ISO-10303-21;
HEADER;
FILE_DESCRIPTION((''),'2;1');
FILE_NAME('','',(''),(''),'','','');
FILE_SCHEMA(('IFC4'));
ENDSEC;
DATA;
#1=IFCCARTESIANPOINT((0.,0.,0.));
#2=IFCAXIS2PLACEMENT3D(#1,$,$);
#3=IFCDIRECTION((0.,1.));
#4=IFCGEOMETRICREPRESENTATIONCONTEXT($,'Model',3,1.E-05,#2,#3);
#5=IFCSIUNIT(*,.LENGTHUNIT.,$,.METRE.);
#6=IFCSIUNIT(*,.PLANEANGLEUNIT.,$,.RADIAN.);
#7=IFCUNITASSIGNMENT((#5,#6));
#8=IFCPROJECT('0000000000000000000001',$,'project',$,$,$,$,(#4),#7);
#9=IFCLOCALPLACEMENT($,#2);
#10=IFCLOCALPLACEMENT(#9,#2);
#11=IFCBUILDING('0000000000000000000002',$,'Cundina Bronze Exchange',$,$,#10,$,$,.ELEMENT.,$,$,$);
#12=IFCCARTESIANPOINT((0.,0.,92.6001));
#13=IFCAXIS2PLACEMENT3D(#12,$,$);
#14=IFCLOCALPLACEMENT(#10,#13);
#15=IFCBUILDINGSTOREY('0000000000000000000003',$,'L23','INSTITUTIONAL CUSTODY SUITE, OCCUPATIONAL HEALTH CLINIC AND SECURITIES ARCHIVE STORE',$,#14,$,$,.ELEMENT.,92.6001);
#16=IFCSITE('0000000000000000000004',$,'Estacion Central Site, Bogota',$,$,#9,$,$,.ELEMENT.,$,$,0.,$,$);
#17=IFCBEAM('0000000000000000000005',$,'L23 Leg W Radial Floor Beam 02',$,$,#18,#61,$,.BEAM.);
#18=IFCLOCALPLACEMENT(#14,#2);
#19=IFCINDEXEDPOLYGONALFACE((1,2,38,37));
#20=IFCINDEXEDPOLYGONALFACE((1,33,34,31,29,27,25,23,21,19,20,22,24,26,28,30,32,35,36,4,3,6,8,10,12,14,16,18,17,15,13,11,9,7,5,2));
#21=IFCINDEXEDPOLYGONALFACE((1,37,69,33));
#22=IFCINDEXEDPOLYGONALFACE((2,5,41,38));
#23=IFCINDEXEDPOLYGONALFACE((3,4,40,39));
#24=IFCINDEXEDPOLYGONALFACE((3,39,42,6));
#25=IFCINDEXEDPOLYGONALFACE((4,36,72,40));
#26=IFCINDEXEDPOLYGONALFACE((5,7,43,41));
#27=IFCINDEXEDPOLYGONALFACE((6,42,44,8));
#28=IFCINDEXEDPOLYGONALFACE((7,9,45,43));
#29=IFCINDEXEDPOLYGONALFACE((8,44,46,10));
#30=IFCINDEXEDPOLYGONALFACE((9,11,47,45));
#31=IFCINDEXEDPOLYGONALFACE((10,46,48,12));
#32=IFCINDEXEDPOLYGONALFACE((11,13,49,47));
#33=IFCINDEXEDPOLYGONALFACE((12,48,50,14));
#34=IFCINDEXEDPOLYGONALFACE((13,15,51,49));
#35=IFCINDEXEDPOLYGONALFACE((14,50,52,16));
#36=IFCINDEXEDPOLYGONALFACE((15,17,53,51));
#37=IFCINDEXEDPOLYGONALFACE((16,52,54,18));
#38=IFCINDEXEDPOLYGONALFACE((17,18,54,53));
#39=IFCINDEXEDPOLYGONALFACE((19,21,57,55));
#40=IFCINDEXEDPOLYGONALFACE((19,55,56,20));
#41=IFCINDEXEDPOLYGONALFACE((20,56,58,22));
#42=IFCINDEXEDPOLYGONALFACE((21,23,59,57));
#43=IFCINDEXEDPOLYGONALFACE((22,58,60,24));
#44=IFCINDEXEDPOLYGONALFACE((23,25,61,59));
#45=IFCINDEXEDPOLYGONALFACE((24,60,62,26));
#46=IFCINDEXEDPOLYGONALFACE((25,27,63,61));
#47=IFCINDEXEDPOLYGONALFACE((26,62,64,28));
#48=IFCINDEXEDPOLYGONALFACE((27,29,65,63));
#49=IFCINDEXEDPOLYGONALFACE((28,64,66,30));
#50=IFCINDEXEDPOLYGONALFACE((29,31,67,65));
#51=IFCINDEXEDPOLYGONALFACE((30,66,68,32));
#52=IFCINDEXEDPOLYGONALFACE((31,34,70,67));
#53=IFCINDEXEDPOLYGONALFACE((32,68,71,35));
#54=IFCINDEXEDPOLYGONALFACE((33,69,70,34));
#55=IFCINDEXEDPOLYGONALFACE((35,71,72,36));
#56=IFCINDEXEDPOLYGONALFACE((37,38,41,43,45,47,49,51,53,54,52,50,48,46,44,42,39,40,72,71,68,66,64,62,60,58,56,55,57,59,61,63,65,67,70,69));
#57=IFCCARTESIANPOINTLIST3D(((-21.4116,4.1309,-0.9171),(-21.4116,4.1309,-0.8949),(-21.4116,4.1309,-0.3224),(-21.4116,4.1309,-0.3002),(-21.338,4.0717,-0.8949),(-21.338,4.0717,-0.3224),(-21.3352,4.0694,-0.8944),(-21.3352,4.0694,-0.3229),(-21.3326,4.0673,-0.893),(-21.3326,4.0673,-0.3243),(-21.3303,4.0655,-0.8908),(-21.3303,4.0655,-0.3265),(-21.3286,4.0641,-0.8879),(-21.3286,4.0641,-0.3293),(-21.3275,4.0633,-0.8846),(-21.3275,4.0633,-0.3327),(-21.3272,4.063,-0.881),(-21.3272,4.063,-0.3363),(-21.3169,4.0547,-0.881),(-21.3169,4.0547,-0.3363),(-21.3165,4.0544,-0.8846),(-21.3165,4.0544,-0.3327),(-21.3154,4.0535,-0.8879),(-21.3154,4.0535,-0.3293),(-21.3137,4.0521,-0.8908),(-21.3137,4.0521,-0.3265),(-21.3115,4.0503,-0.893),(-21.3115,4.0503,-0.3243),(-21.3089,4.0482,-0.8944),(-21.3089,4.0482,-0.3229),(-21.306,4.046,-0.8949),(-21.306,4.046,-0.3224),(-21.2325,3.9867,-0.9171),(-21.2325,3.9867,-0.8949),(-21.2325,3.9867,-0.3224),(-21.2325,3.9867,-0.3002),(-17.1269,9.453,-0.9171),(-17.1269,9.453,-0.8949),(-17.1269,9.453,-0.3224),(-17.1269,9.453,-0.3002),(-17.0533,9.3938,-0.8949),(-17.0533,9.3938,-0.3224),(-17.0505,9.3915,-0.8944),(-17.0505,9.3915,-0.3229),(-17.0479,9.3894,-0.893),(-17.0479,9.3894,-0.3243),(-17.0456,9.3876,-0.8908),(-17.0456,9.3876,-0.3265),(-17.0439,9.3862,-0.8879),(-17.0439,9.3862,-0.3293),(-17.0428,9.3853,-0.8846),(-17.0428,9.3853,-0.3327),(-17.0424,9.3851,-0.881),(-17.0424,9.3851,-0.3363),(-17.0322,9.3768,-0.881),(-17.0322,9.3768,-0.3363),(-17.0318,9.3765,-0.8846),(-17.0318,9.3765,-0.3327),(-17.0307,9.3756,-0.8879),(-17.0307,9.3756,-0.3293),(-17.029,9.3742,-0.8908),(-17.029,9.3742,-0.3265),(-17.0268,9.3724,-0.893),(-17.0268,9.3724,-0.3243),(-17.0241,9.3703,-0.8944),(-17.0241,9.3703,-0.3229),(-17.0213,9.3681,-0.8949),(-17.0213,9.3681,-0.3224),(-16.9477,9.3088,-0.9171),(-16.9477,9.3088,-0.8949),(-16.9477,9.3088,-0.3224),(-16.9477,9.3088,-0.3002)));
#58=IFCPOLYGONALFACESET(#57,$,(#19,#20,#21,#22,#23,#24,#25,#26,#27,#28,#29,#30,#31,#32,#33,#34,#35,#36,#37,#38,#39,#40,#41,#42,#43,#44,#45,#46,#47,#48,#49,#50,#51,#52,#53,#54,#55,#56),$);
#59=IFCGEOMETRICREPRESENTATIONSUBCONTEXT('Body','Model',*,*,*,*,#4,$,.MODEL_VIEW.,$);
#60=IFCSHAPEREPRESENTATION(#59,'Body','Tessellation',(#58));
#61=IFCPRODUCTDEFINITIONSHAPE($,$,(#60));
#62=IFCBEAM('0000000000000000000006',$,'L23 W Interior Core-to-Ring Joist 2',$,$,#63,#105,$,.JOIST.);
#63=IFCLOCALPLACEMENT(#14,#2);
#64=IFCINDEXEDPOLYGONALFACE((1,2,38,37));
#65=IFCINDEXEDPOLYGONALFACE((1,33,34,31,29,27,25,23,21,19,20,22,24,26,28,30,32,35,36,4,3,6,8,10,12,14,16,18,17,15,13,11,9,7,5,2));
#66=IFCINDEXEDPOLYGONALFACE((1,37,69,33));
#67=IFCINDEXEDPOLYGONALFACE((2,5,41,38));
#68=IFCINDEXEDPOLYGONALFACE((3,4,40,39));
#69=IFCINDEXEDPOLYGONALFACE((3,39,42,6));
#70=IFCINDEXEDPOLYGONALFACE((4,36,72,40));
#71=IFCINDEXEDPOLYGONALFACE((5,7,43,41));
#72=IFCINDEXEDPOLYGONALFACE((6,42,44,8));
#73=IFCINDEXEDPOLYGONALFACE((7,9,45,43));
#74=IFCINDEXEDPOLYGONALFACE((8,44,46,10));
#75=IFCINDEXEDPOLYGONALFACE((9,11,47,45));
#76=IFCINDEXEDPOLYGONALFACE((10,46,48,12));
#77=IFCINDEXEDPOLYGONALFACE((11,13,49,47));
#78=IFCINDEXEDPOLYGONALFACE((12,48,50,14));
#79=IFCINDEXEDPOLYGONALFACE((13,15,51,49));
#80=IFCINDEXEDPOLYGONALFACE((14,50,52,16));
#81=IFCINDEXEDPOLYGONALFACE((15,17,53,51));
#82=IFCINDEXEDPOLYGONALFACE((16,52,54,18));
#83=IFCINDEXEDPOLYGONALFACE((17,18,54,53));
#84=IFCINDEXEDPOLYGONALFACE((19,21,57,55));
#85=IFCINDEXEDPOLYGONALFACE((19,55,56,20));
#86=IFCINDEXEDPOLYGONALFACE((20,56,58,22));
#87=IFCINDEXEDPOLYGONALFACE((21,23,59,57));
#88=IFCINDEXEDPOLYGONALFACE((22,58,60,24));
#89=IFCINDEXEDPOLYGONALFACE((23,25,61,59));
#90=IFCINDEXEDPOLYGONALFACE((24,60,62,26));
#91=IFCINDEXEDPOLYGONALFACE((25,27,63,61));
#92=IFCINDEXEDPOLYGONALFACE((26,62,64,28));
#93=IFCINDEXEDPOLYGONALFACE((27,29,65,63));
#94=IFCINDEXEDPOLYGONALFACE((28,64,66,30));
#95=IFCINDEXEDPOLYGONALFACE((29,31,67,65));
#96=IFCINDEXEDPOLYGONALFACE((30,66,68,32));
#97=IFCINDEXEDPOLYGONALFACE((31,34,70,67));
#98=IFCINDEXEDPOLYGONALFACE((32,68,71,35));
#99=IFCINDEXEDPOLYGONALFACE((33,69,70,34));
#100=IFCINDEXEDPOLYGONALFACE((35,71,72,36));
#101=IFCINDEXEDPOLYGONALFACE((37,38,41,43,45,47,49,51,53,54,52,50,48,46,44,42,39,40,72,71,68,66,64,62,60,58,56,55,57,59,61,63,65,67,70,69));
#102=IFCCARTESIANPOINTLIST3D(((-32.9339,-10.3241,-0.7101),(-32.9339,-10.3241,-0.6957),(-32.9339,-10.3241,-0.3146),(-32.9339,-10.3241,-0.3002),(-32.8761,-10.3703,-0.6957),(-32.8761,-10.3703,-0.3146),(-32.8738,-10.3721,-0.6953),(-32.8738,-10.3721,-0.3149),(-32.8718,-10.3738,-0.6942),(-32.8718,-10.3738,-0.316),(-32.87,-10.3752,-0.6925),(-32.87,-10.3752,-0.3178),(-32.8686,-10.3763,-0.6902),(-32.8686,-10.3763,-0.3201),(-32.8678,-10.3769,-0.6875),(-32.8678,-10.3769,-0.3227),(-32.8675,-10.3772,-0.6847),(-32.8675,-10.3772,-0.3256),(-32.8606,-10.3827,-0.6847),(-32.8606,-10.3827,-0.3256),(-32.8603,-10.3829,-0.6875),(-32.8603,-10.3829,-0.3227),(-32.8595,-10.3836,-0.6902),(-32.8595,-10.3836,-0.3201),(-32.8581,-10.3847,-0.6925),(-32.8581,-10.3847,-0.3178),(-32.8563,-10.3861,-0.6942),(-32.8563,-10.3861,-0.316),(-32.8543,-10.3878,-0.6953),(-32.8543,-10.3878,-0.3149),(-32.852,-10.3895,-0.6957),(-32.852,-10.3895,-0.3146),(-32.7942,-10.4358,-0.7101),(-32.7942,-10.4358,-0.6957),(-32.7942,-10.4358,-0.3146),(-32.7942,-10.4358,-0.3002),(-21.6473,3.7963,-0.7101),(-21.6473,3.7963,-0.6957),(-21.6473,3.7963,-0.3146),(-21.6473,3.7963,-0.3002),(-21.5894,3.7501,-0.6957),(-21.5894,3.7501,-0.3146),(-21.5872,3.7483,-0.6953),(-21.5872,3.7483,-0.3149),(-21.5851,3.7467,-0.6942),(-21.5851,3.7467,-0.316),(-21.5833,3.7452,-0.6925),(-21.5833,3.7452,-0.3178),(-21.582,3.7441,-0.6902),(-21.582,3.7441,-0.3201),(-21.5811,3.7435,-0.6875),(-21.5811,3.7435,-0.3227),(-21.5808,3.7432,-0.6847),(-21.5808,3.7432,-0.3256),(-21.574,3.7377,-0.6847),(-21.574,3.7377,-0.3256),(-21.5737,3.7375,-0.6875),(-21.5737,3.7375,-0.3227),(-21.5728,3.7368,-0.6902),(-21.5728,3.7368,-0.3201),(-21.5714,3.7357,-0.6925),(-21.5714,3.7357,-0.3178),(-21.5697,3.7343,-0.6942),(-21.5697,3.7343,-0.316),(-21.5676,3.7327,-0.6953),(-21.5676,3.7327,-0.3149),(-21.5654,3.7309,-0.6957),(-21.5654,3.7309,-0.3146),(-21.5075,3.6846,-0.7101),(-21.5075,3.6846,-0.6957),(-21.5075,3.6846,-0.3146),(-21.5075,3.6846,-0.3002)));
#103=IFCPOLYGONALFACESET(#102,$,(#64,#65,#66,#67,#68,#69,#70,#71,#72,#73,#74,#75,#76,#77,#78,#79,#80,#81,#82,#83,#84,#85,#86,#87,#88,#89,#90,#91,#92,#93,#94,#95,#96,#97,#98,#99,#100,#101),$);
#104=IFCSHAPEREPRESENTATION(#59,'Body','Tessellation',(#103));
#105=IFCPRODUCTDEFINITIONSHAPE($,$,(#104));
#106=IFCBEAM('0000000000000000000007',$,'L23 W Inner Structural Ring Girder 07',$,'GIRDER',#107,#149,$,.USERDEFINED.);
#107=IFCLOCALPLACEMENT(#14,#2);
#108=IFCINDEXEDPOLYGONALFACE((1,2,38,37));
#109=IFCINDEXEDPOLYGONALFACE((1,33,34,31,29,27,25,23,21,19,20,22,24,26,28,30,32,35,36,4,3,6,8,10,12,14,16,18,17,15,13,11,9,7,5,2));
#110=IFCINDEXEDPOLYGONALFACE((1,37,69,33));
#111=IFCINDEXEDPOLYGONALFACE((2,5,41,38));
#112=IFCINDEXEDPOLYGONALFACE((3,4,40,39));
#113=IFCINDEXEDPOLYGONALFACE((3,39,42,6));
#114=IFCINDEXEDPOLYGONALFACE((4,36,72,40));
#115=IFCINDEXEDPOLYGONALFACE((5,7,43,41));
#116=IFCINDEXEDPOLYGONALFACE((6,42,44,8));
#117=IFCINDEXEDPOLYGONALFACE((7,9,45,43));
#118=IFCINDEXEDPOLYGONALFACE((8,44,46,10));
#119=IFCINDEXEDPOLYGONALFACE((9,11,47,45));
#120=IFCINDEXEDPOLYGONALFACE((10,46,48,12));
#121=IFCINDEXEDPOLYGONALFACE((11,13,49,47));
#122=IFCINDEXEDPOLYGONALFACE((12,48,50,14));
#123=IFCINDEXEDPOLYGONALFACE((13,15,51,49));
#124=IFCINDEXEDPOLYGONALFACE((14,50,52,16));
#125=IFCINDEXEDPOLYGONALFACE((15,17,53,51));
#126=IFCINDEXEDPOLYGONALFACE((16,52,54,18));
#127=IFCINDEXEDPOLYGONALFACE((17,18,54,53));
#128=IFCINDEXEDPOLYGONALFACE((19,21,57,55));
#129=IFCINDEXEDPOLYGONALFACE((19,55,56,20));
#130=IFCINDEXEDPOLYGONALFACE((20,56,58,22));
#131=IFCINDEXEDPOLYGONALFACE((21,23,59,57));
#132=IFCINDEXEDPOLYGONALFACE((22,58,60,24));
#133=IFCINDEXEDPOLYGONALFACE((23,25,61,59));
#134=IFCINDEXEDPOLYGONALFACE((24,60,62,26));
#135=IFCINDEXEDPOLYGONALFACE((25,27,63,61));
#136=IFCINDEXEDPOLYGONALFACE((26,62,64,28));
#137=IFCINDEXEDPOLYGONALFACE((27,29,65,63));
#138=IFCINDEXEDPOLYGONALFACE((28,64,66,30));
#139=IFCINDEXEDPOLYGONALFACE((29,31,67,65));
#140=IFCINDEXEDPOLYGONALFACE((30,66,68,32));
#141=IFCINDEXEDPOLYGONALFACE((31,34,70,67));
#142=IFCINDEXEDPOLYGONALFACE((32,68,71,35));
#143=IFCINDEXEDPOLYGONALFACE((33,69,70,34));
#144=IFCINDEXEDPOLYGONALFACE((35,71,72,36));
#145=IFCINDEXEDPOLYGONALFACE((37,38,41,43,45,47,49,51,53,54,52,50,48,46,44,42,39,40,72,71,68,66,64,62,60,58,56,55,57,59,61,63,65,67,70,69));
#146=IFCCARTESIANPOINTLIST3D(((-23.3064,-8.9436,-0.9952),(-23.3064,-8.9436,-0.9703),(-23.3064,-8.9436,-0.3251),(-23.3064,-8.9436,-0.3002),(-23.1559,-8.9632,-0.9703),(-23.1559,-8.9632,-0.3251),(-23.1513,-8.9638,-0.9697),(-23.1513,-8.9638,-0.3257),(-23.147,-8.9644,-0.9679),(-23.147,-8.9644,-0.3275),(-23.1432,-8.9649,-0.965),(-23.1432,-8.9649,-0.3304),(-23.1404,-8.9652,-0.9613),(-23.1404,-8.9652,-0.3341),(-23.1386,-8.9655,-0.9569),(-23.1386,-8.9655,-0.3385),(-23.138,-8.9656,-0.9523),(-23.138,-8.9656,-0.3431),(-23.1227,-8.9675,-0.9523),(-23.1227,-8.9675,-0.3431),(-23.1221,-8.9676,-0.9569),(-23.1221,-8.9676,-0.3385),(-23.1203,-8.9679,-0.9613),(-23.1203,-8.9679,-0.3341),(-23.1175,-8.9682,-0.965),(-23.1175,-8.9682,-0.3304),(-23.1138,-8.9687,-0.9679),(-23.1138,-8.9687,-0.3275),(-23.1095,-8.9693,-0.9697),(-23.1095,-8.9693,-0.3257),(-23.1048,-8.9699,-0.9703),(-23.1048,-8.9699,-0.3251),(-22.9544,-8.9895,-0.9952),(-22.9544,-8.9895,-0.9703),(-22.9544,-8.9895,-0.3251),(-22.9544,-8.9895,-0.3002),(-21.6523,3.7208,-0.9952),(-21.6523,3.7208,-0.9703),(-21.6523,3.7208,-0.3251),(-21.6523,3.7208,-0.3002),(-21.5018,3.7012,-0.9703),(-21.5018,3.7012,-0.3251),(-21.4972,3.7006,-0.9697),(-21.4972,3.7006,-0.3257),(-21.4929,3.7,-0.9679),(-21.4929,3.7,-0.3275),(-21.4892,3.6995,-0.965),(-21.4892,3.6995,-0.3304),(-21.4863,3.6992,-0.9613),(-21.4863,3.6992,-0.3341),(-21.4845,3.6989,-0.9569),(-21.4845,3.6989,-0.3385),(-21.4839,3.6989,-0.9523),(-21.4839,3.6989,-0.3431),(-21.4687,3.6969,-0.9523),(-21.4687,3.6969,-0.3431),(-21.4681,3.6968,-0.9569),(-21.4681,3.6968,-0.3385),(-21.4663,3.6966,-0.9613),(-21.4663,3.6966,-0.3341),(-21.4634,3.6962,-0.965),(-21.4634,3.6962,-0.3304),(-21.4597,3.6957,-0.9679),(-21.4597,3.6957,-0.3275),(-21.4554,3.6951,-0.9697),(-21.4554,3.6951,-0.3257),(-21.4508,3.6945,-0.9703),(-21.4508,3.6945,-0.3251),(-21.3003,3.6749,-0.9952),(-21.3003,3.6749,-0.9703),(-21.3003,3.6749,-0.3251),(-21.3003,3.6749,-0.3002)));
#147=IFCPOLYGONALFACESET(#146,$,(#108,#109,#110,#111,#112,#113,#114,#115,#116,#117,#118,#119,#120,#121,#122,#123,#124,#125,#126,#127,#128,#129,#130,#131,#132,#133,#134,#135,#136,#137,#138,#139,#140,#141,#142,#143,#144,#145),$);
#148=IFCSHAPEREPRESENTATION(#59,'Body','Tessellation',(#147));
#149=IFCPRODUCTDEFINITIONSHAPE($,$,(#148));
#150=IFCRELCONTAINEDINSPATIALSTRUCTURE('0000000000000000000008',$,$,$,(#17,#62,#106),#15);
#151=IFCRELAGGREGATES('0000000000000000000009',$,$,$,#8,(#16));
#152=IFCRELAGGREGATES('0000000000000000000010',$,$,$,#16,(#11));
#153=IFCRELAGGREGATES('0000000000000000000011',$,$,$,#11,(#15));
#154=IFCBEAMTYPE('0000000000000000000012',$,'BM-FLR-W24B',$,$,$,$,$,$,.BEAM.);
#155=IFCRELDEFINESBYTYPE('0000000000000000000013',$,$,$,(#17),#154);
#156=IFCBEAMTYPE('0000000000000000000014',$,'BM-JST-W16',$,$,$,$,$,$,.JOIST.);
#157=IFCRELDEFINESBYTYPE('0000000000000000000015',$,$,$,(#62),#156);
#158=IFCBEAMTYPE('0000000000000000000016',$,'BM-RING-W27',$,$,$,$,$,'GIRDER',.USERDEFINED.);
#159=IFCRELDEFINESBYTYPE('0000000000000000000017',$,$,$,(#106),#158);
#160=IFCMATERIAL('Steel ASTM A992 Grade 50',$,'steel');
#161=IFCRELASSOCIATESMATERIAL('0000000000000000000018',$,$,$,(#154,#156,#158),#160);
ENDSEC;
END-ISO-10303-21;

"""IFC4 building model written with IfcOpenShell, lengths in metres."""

from ifc_helpers import new_model, si_unit, direction, frame, origin, origin_2d, place, context, subcontext, project, spatial, i_section, extrude, material, material_profile, profile_set, type_object, element, save


model = new_model("IFC4")

# Units and contexts
model_context = context("Model", 3, precision=1e-05, world=origin(), true_north=direction((0.0, 1.0)))
body_context = subcontext(model_context, "Body", "Model", "MODEL_VIEW")
ifc_project = project(units=[si_unit("LENGTHUNIT", "METRE"), si_unit("PLANEANGLEUNIT", "RADIAN")], contexts=[model_context])

# Site, building, storey
site_placement = place(None, origin())
site = spatial("IfcSite", under=ifc_project, at=site_placement, Name="Estacion Central Site, Bogota", CompositionType="ELEMENT", RefElevation=0.0)
building_placement = place(site_placement, origin())
building = spatial("IfcBuilding", under=site, at=building_placement, Name="Cundina Bronze Exchange", CompositionType="ELEMENT")
storey_placement = place(building_placement, frame((0.0, 0.0, 92.6001)))
storey = spatial("IfcBuildingStorey", under=building, at=storey_placement, Name="L23", Description="INSTITUTIONAL CUSTODY SUITE, OCCUPATIONAL HEALTH CLINIC AND SECURITIES ARCHIVE STORE", CompositionType="ELEMENT", Elevation=92.6001)

# Shared definitions
ifc_material_1 = material(Name="Steel ASTM A992 Grade 50", Category="steel")

# Beams
ifc_material_profile_1 = material_profile(ifc_material_1, i_section(OverallWidth=0.23, OverallDepth=0.6169, WebThickness=0.0132, FlangeThickness=0.0222, FilletRadius=0.0139, at=origin_2d()), Name="W24X94", Category="steel")
ifc_profile_set_1 = profile_set([ifc_material_profile_1], Name="Steel ASTM A992 Grade 50")
beam_type_1 = type_object("IfcBeamType", Name="BM-FLR-W24B", PredefinedType="BEAM", material=ifc_profile_set_1)
beam_1_placement = place(storey_placement, frame((-21.322, 4.0588, -0.6086), z_axis=(0.627106, 0.778934, 0.0), x_axis=(-0.778934, 0.627106, 0.0)))
element("IfcBeam", 1, at=beam_1_placement, inside=storey, type_object=beam_type_1, Name="L23 Leg W Radial Floor Beam 02", PredefinedType="BEAM", context=body_context, shape_type="SweptSolid", body=[
    extrude(i_section(OverallWidth=0.23, OverallDepth=0.6169, WebThickness=0.0132, FlangeThickness=0.0222, FilletRadius=0.0139, at=origin_2d()), origin(), (0.0, 0.0, 1.0), 6.8325),
])
ifc_material_profile_2 = material_profile(ifc_material_1, i_section(OverallWidth=0.179, OverallDepth=0.4099, WebThickness=0.0088, FlangeThickness=0.0144, FilletRadius=0.011, at=origin_2d()), Name="W16X45", Category="steel")
ifc_profile_set_2 = profile_set([ifc_material_profile_2], Name="Steel ASTM A992 Grade 50")
beam_type_2 = type_object("IfcBeamType", Name="BM-JST-W16", PredefinedType="JOIST", material=ifc_profile_set_2)
beam_2_placement = place(storey_placement, frame((-21.5774, 3.7405, -0.5051), z_axis=(-0.624369, -0.78113, 0.0), x_axis=(0.78113, -0.624369, 0.0)))
element("IfcBeam", 2, at=beam_2_placement, inside=storey, type_object=beam_type_2, Name="L23 W Interior Core-to-Ring Joist 2", PredefinedType="JOIST", context=body_context, shape_type="SweptSolid", body=[
    extrude(i_section(OverallWidth=0.179, OverallDepth=0.4099, WebThickness=0.0088, FlangeThickness=0.0144, FilletRadius=0.011, at=origin_2d()), origin(), (0.0, 0.0, 1.0), 18.0769),
])
ifc_material_profile_3 = material_profile(ifc_material_1, i_section(OverallWidth=0.355, OverallDepth=0.6951, WebThickness=0.0154, FlangeThickness=0.0249, FilletRadius=0.0181, at=origin_2d()), Name="W27X146", Category="steel")
ifc_profile_set_3 = profile_set([ifc_material_profile_3], Name="Steel ASTM A992 Grade 50")
beam_type_3 = type_object("IfcBeamType", Name="BM-RING-W27", ElementType="GIRDER", PredefinedType="USERDEFINED", material=ifc_profile_set_3)
beam_3_placement = place(storey_placement, frame((-23.1304, -8.9666, -0.6477), z_axis=(0.129508, 0.991578, 0.0), x_axis=(-0.991578, 0.129508, 0.0)))
element("IfcBeam", 3, at=beam_3_placement, inside=storey, type_object=beam_type_3, Name="L23 W Inner Structural Ring Girder 07", ObjectType="GIRDER", PredefinedType="USERDEFINED", context=body_context, shape_type="SweptSolid", body=[
    extrude(i_section(OverallWidth=0.355, OverallDepth=0.6951, WebThickness=0.0154, FlangeThickness=0.0249, FilletRadius=0.0181, at=origin_2d()), origin(), (0.0, 0.0, 1.0), 12.772),
])

save(model, "model.ifc")
